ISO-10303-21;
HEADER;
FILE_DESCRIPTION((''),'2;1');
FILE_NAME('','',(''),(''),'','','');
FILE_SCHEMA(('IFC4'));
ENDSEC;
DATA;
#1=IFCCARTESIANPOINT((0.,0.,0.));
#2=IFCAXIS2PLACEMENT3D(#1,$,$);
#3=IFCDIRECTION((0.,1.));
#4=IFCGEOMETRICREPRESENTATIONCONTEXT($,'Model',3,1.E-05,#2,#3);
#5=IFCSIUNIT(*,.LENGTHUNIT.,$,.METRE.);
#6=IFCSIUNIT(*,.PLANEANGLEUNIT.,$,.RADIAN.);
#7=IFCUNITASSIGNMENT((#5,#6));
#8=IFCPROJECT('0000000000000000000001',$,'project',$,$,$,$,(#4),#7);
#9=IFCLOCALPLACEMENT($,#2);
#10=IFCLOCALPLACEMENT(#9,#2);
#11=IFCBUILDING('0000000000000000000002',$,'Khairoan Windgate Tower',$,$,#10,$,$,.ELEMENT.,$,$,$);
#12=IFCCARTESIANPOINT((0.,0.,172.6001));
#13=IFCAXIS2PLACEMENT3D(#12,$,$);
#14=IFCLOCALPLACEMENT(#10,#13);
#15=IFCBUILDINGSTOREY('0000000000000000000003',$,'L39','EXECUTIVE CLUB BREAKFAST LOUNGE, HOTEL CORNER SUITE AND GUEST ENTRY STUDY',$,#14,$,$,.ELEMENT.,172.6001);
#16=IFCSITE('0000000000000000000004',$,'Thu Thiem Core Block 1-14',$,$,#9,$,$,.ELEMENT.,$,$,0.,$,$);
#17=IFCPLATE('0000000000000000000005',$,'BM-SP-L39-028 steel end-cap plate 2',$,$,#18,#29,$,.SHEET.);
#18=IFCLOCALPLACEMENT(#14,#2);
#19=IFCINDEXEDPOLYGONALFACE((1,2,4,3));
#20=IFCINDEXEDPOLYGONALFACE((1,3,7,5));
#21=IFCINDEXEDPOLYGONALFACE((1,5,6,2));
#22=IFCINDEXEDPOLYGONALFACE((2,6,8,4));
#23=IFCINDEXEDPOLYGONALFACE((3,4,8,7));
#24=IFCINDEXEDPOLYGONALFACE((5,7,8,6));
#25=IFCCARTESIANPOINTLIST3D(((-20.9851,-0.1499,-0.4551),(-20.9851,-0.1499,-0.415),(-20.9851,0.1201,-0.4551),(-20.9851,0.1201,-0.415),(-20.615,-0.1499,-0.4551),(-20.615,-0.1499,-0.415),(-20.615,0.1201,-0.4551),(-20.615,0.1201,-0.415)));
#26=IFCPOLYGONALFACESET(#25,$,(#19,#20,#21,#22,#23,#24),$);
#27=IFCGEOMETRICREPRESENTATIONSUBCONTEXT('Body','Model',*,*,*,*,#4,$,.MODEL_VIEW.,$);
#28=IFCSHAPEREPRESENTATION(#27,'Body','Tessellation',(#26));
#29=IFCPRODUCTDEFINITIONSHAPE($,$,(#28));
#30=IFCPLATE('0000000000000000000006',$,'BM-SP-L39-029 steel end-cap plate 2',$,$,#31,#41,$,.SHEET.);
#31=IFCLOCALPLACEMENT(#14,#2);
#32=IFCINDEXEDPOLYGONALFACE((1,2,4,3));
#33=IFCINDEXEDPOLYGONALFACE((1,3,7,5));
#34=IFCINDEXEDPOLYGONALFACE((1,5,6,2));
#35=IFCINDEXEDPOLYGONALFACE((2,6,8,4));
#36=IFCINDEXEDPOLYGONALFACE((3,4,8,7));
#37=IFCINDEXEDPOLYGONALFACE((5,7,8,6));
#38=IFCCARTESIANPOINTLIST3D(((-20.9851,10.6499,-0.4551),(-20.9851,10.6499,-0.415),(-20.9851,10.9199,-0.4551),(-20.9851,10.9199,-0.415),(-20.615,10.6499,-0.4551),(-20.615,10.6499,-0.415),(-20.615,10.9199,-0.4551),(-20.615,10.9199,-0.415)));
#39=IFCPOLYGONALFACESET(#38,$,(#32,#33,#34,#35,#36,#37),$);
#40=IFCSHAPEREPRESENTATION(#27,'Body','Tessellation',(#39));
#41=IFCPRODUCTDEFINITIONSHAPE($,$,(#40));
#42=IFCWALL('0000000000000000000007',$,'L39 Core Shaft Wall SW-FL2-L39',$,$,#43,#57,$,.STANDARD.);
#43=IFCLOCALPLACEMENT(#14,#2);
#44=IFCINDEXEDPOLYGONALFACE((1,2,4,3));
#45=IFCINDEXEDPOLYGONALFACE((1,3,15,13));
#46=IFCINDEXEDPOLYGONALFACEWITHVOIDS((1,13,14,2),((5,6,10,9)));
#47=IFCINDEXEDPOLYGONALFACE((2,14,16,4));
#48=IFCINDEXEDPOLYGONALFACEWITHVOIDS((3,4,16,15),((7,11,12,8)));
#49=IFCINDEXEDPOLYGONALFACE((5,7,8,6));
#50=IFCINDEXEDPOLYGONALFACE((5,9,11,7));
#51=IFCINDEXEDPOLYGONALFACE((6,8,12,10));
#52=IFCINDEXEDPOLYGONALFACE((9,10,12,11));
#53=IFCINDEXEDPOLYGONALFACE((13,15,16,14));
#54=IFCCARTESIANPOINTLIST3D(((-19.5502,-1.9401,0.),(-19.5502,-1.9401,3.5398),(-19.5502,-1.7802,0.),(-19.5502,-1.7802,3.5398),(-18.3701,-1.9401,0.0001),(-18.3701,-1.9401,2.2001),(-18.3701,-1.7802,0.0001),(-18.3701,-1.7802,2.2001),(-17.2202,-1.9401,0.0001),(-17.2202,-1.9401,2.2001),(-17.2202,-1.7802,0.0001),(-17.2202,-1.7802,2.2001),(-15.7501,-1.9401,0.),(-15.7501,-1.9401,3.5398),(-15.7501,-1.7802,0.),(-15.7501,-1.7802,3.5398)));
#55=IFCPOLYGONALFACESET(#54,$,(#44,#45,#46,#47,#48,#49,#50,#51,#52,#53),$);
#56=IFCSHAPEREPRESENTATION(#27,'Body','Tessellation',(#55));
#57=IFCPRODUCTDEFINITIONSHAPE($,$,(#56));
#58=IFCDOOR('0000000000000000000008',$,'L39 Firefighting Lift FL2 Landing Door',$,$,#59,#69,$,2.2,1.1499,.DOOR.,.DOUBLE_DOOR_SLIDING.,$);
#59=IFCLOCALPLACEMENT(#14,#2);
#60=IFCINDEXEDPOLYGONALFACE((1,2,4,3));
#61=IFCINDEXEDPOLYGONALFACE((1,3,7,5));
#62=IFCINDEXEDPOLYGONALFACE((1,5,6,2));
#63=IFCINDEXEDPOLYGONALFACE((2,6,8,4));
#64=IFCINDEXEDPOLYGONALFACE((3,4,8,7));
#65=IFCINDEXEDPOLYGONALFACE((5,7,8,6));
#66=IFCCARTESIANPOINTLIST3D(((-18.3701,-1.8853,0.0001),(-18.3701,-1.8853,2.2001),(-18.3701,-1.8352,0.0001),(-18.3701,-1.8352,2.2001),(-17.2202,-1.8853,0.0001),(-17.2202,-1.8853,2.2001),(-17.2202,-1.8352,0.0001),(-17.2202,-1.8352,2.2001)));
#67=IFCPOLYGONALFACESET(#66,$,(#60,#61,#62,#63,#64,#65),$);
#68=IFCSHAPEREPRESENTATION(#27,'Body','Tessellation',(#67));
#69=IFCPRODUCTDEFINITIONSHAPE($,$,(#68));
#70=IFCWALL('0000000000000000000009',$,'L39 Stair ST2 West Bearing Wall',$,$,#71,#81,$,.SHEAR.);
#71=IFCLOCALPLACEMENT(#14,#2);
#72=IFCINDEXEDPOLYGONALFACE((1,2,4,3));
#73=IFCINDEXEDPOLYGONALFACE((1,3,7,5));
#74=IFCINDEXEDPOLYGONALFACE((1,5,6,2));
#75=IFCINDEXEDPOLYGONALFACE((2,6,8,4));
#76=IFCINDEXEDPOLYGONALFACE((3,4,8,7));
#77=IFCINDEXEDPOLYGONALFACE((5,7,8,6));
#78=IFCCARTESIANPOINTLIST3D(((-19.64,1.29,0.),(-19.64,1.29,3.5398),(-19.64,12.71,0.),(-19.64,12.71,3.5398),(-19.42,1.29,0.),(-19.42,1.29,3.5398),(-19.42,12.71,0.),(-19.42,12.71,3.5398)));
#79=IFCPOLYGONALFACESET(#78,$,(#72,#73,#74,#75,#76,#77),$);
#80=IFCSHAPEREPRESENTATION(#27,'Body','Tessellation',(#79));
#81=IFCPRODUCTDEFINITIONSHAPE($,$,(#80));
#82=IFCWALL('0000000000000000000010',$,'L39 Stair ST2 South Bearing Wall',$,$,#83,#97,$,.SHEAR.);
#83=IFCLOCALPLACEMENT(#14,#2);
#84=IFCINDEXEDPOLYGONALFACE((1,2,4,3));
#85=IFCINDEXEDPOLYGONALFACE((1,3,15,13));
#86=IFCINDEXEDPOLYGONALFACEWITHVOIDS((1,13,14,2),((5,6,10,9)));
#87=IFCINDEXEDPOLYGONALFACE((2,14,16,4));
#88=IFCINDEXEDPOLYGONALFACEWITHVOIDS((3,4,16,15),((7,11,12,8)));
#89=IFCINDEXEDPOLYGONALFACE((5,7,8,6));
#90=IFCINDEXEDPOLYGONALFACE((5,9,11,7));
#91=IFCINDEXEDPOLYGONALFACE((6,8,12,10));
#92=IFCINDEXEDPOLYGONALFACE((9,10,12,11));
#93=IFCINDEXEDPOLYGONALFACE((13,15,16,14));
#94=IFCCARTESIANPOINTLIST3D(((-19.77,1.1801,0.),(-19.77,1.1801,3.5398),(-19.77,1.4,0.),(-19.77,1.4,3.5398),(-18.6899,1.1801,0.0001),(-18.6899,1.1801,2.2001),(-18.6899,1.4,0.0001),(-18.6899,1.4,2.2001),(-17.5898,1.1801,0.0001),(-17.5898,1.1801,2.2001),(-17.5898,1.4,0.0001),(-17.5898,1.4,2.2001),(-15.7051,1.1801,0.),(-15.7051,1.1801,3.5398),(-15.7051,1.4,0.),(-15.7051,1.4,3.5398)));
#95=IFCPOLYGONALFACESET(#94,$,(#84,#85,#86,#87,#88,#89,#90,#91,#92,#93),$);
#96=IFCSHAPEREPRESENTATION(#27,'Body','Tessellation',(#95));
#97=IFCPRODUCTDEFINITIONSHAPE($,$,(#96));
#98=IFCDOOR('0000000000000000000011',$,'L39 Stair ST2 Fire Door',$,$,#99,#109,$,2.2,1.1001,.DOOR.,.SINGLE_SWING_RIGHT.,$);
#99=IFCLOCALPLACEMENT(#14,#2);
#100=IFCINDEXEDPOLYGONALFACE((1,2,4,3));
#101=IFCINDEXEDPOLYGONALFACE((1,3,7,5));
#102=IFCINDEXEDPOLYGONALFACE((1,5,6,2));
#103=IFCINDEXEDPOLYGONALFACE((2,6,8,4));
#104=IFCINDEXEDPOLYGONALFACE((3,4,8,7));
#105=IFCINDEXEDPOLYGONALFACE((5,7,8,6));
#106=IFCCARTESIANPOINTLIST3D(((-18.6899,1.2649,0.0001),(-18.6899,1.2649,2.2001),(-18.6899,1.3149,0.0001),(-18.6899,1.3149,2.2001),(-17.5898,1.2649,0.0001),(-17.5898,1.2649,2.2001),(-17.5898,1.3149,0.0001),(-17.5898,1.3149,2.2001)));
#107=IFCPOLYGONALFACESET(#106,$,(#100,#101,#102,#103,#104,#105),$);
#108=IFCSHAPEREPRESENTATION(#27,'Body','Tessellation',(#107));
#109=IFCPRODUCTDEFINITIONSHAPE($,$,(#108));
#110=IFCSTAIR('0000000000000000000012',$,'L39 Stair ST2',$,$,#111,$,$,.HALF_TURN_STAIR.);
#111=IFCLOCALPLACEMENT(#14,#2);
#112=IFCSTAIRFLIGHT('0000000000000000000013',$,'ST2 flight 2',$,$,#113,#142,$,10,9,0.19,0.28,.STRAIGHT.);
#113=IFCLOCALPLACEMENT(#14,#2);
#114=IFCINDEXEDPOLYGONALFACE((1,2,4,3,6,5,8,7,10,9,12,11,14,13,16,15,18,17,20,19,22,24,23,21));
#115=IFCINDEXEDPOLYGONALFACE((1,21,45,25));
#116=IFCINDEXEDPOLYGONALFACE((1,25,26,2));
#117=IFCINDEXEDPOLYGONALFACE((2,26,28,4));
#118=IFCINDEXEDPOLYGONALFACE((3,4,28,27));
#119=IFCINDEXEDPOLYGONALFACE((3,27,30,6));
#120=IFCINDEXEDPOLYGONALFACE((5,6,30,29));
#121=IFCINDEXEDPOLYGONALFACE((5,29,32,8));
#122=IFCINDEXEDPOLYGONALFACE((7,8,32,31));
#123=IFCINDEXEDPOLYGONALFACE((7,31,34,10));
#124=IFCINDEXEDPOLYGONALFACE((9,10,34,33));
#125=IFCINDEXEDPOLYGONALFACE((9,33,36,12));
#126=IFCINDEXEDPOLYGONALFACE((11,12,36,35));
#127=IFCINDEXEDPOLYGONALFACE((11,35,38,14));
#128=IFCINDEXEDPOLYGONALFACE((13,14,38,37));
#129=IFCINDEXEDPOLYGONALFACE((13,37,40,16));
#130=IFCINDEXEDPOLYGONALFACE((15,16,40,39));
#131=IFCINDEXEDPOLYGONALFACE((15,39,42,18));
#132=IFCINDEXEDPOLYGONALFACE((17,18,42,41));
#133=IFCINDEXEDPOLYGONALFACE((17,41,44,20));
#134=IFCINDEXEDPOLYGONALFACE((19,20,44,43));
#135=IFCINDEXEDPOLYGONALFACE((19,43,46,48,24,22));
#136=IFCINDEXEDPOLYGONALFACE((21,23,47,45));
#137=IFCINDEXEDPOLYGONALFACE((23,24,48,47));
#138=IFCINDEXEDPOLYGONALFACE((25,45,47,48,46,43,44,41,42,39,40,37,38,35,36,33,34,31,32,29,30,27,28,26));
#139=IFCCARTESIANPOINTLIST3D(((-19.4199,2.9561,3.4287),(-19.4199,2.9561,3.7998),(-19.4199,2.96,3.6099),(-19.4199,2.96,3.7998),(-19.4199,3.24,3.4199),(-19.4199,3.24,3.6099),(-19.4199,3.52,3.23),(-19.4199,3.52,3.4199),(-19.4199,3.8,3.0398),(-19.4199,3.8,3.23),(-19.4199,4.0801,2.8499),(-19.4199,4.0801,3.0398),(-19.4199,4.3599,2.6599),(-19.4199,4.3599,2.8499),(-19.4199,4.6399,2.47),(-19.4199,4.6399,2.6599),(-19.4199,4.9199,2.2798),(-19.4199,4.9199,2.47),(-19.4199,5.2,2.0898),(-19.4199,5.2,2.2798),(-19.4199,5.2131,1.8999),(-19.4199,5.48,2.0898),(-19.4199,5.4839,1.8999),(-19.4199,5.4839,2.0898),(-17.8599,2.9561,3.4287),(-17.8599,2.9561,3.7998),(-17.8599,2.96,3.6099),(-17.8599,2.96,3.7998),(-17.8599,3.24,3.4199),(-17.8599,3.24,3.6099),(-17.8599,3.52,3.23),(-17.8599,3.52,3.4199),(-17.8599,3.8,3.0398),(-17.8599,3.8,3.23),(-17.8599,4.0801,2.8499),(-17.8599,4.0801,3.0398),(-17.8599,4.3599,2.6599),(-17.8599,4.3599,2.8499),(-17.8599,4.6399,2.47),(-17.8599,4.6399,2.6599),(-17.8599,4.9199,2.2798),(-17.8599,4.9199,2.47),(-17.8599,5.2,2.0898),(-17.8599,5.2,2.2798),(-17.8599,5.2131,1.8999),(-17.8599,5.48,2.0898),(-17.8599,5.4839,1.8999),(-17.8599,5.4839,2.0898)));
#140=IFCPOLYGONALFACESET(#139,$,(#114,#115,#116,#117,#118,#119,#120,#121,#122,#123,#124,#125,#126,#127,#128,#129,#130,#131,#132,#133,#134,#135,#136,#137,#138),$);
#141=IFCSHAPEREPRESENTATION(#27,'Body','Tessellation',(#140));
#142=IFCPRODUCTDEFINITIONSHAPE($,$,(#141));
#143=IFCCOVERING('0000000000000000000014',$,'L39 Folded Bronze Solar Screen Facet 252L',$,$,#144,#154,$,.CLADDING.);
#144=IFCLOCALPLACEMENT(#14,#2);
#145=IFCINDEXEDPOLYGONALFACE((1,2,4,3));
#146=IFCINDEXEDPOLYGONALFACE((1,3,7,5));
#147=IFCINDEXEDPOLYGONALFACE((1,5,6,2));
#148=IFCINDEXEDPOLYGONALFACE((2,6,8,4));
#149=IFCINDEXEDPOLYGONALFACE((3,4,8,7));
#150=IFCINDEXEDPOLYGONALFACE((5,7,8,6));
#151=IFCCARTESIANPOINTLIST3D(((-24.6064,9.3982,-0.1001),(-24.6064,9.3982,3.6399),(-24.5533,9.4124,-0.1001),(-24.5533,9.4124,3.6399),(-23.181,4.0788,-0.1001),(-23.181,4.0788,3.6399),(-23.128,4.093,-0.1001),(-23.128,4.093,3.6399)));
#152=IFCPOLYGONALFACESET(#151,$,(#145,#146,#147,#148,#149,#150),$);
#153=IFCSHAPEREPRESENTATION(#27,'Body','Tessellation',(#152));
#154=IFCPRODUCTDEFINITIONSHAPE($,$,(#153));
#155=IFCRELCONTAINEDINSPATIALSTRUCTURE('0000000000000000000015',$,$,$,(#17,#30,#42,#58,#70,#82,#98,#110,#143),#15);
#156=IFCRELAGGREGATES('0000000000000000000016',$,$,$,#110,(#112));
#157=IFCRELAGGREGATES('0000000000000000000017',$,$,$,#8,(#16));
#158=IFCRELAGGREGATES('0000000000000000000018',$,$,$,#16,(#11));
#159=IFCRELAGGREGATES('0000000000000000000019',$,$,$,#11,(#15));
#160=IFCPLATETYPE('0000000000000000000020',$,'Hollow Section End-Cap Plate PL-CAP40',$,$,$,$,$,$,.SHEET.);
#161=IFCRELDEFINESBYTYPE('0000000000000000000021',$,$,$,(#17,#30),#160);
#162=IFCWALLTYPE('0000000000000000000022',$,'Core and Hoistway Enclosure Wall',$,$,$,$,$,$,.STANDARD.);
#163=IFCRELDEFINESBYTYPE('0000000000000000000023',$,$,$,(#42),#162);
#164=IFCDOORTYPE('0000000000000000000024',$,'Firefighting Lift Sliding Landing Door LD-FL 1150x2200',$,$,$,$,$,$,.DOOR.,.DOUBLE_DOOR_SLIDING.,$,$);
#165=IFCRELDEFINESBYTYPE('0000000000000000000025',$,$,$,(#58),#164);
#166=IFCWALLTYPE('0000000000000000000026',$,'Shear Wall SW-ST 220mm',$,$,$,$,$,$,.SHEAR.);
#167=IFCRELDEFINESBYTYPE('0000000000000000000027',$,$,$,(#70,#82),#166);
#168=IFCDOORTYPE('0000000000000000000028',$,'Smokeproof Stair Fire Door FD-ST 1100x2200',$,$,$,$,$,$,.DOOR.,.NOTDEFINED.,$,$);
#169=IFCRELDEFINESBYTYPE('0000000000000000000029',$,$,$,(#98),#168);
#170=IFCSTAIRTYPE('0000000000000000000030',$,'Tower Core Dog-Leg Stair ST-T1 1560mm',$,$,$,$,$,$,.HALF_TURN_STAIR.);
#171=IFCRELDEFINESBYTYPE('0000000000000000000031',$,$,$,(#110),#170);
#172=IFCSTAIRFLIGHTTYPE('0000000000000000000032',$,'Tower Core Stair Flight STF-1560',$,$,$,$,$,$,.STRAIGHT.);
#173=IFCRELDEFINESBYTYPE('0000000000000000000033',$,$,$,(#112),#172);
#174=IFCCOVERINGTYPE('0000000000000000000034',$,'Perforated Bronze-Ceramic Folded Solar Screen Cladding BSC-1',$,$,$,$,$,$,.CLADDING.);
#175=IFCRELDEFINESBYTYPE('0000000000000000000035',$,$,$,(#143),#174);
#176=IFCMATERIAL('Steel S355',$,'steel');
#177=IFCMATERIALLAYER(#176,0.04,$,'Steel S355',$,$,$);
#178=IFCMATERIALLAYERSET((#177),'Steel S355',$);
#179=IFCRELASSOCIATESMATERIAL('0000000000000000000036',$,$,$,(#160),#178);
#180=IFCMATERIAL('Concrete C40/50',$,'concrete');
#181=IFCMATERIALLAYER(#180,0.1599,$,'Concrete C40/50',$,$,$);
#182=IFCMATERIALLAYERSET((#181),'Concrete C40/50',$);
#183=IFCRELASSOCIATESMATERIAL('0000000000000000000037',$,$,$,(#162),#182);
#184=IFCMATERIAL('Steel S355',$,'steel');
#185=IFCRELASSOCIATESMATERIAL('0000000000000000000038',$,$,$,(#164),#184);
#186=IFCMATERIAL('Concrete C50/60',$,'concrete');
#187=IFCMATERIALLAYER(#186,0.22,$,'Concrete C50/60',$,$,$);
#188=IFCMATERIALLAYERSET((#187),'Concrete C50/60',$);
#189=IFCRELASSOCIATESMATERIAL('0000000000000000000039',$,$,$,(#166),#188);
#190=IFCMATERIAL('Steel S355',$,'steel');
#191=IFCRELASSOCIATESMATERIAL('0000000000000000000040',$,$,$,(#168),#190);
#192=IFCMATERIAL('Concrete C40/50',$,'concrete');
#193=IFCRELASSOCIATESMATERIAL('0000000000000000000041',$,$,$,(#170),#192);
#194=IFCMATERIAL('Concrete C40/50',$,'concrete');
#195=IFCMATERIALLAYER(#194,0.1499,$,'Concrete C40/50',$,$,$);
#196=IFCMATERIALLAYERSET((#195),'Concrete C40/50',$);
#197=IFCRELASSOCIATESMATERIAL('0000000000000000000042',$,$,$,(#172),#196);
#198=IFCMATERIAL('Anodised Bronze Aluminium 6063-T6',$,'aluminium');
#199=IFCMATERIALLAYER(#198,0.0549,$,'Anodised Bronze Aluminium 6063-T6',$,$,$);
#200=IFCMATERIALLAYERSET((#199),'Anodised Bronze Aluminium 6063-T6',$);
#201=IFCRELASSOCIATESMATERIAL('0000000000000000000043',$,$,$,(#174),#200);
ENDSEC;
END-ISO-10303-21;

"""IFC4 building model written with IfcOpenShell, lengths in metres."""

from ifc_helpers import new_model, si_unit, direction, frame, frame_2d, origin, origin_2d, place, context, subcontext, project, spatial, polyline, rectangle, outline, extrude, material, layer, layer_set, type_object, element, fill, aggregate, save


model = new_model("IFC4")

# Units and contexts
model_context = context("Model", 3, precision=1e-05, world=origin(), true_north=direction((0.0, 1.0)))
body_context = subcontext(model_context, "Body", "Model", "MODEL_VIEW")
ifc_project = project(units=[si_unit("LENGTHUNIT", "METRE"), si_unit("PLANEANGLEUNIT", "RADIAN")], contexts=[model_context])

# Site, building, storey
site_placement = place(None, origin())
site = spatial("IfcSite", under=ifc_project, at=site_placement, Name="Thu Thiem Core Block 1-14", CompositionType="ELEMENT", RefElevation=0.0)
building_placement = place(site_placement, origin())
building = spatial("IfcBuilding", under=site, at=building_placement, Name="Khairoan Windgate Tower", CompositionType="ELEMENT")
storey_placement = place(building_placement, frame((0.0, 0.0, 172.6001)))
storey = spatial("IfcBuildingStorey", under=building, at=storey_placement, Name="L39", Description="EXECUTIVE CLUB BREAKFAST LOUNGE, HOTEL CORNER SUITE AND GUEST ENTRY STUDY", CompositionType="ELEMENT", Elevation=172.6001)

# Plates
ifc_material_1 = material(Name="Steel S355", Category="steel")
ifc_layer_1 = layer(ifc_material_1, 0.04, Name="Steel S355")
ifc_layer_set_1 = layer_set([ifc_layer_1], Name="Steel S355")
plate_type = type_object("IfcPlateType", Name="Hollow Section End-Cap Plate PL-CAP40", PredefinedType="SHEET", material=ifc_layer_set_1)
for number, where, z_axis, x_axis, name in (
    (1, (-20.8, -0.0149, -0.4551), (0.0, 0.0, 1.0), (0.0, 1.0, 0.0), "BM-SP-L39-028 steel end-cap plate 2"),
    (2, (-20.8, 10.7849, -0.4551), (0.0, 0.0, 1.0), (0.0, 1.0, 0.0), "BM-SP-L39-029 steel end-cap plate 2"),
):
    element("IfcPlate", number, at=place(storey_placement, frame(where, z_axis=z_axis, x_axis=x_axis)), inside=storey, type_object=plate_type, Name=name, PredefinedType="SHEET", context=body_context, shape_type="SweptSolid", body=[
        extrude(rectangle(XDim=0.27, YDim=0.3701, at=origin_2d()), origin(), (0.0, 0.0, 1.0), 0.04),
    ])

# Wall, opening, door
ifc_material_2 = material(Name="Concrete C40/50", Category="concrete")
ifc_layer_2 = layer(ifc_material_2, 0.1599, Name="Concrete C40/50")
ifc_layer_set_2 = layer_set([ifc_layer_2], Name="Concrete C40/50")
wall_type_1 = type_object("IfcWallType", Name="Core and Hoistway Enclosure Wall", PredefinedType="STANDARD", material=ifc_layer_set_2)
wall_1_placement = place(storey_placement, frame((-19.55, -1.8601, 0.0), z_axis=(0.0, 0.0, 1.0), x_axis=(1.0, 0.0, 0.0)))
wall_1 = element("IfcWall", 3, at=wall_1_placement, inside=storey, type_object=wall_type_1, Name="L39 Core Shaft Wall SW-FL2-L39", PredefinedType="STANDARD", context=body_context, shape_type="SweptSolid", body=[
    extrude(rectangle(XDim=3.8, YDim=0.1599, at=frame_2d((1.8999, 0.0))), origin(), (0.0, 0.0, 1.0), 3.5398),
])
opening_1_placement = place(wall_1_placement, frame((1.1799, 0.0, 0.0)))
opening_1 = element("IfcOpeningElement", 4, at=opening_1_placement, cuts=wall_1, PredefinedType="OPENING", context=body_context, shape_type="SweptSolid", body=[
    extrude(rectangle(XDim=1.1499, YDim=2.2, at=frame_2d((0.575, 1.1001))), frame((0.0, 0.0898, 0.0), z_axis=(0.0, -1.0, 0.0), x_axis=(1.0, 0.0, 0.0)), (0.0, 0.0, 1.0), 0.1799),
])
ifc_material_3 = material(Name="Steel S355", Category="steel")
door_type_1 = type_object("IfcDoorType", Name="Firefighting Lift Sliding Landing Door LD-FL 1150x2200", OperationType="DOUBLE_DOOR_SLIDING", PredefinedType="DOOR", material=ifc_material_3)
door_1_placement = place(opening_1_placement, origin())
door_1 = element("IfcDoor", 5, at=door_1_placement, inside=storey, type_object=door_type_1, Name="L39 Firefighting Lift FL2 Landing Door", OperationType="DOUBLE_DOOR_SLIDING", OverallHeight=2.2, OverallWidth=1.1499, PredefinedType="DOOR", context=body_context, shape_type="SweptSolid", body=[
    extrude(rectangle(XDim=1.1499, YDim=2.2, at=frame_2d((0.575, 1.1001))), frame((0.0, 0.0249, 0.0), z_axis=(0.0, -1.0, 0.0), x_axis=(1.0, 0.0, 0.0)), (0.0, 0.0, 1.0), 0.05),
])
fill(opening_1, door_1)

# Wall
ifc_material_4 = material(Name="Concrete C50/60", Category="concrete")
ifc_layer_3 = layer(ifc_material_4, 0.22, Name="Concrete C50/60")
ifc_layer_set_3 = layer_set([ifc_layer_3], Name="Concrete C50/60")
wall_type_2 = type_object("IfcWallType", Name="Shear Wall SW-ST 220mm", PredefinedType="SHEAR", material=ifc_layer_set_3)
wall_2_placement = place(storey_placement, frame((-19.53, 1.29, 0.0), z_axis=(0.0, 0.0, 1.0), x_axis=(0.0, 1.0, 0.0)))
element("IfcWall", 6, at=wall_2_placement, inside=storey, type_object=wall_type_2, Name="L39 Stair ST2 West Bearing Wall", PredefinedType="SHEAR", context=body_context, shape_type="SweptSolid", body=[
    extrude(rectangle(XDim=11.4199, YDim=0.22, at=frame_2d((5.71, 0.0))), origin(), (0.0, 0.0, 1.0), 3.5398),
])

# Wall, opening, door
wall_3_placement = place(storey_placement, frame((-19.77, 1.29, 0.0), z_axis=(0.0, 0.0, 1.0), x_axis=(1.0, 0.0, 0.0)))
wall_3 = element("IfcWall", 7, at=wall_3_placement, inside=storey, type_object=wall_type_2, Name="L39 Stair ST2 South Bearing Wall", PredefinedType="SHEAR", context=body_context, shape_type="SweptSolid", body=[
    extrude(rectangle(XDim=4.0649, YDim=0.22, at=frame_2d((2.0325, 0.0))), origin(), (0.0, 0.0, 1.0), 3.5398),
])
opening_2_placement = place(wall_3_placement, frame((1.0801, 0.0, 0.0)))
opening_2 = element("IfcOpeningElement", 8, at=opening_2_placement, cuts=wall_3, PredefinedType="OPENING", context=body_context, shape_type="SweptSolid", body=[
    extrude(rectangle(XDim=1.1001, YDim=2.2, at=frame_2d((0.55, 1.1001))), frame((0.0, 0.1199, 0.0), z_axis=(0.0, -1.0, 0.0), x_axis=(1.0, 0.0, 0.0)), (0.0, 0.0, 1.0), 0.24),
])
ifc_material_5 = material(Name="Steel S355", Category="steel")
door_type_2 = type_object("IfcDoorType", Name="Smokeproof Stair Fire Door FD-ST 1100x2200", OperationType="NOTDEFINED", PredefinedType="DOOR", material=ifc_material_5)
door_2_placement = place(opening_2_placement, origin())
door_2 = element("IfcDoor", 9, at=door_2_placement, inside=storey, type_object=door_type_2, Name="L39 Stair ST2 Fire Door", OperationType="SINGLE_SWING_RIGHT", OverallHeight=2.2, OverallWidth=1.1001, PredefinedType="DOOR", context=body_context, shape_type="SweptSolid", body=[
    extrude(rectangle(XDim=1.1001, YDim=2.2, at=frame_2d((0.55, 1.1001))), frame((0.0, 0.0249, 0.0), z_axis=(0.0, -1.0, 0.0), x_axis=(1.0, 0.0, 0.0)), (0.0, 0.0, 1.0), 0.05),
])
fill(opening_2, door_2)

# Stair, stair flight
ifc_material_6 = material(Name="Concrete C40/50", Category="concrete")
stair_type = type_object("IfcStairType", Name="Tower Core Dog-Leg Stair ST-T1 1560mm", PredefinedType="HALF_TURN_STAIR", material=ifc_material_6)
stair_placement = place(storey_placement, origin())
stair = element("IfcStair", 10, at=stair_placement, inside=storey, type_object=stair_type, Name="L39 Stair ST2", PredefinedType="HALF_TURN_STAIR")
ifc_material_7 = material(Name="Concrete C40/50", Category="concrete")
ifc_layer_4 = layer(ifc_material_7, 0.1499, Name="Concrete C40/50")
ifc_layer_set_4 = layer_set([ifc_layer_4], Name="Concrete C40/50")
stair_flight_type = type_object("IfcStairFlightType", Name="Tower Core Stair Flight STF-1560", PredefinedType="STRAIGHT", material=ifc_layer_set_4)
stair_flight_placement = place(storey_placement, frame((-18.6399, 5.48, 1.8999), z_axis=(0.0, 0.0, 1.0), x_axis=(0.0, -1.0, 0.0)))
stair_flight = element("IfcStairFlight", 11, at=stair_flight_placement, type_object=stair_flight_type, Name="ST2 flight 2", NumberOfRisers=10, NumberOfTreads=9, PredefinedType="STRAIGHT", RiserHeight=0.19, TreadLength=0.28, context=body_context, shape_type="SweptSolid", body=[
    extrude(outline(polyline([(-0.0039, 0.0), (-0.0039, 0.1899), (0.0, 0.1899), (0.28, 0.1899), (0.28, 0.3799), (0.5601, 0.3799), (0.5601, 0.5701), (0.8401, 0.5701), (0.8401, 0.76), (1.1201, 0.76), (1.1201, 0.95), (1.3999, 0.95), (1.3999, 1.1399), (1.6799, 1.1399), (1.6799, 1.3301), (1.96, 1.3301), (1.96, 1.52), (2.24, 1.52), (2.24, 1.71), (2.52, 1.71), (2.52, 1.8999), (2.5239, 1.8999), (2.5239, 1.5288), (0.2668, 0.0), (-0.0039, 0.0)])), frame((0.0, 0.78, 0.0), z_axis=(0.0, -1.0, 0.0), x_axis=(1.0, 0.0, 0.0)), (0.0, 0.0, 1.0), 1.5601),
])
aggregate(stair, [stair_flight])

# Covering
ifc_material_8 = material(Name="Anodised Bronze Aluminium 6063-T6", Category="aluminium")
ifc_layer_5 = layer(ifc_material_8, 0.0549, Name="Anodised Bronze Aluminium 6063-T6")
ifc_layer_set_5 = layer_set([ifc_layer_5], Name="Anodised Bronze Aluminium 6063-T6")
covering_type = type_object("IfcCoveringType", Name="Perforated Bronze-Ceramic Folded Solar Screen Cladding BSC-1", PredefinedType="CLADDING", material=ifc_layer_set_5)
covering_placement = place(storey_placement, frame((-23.8672, 6.7456, -0.1001), z_axis=(0.0, 0.0, 1.0), x_axis=(-0.258819, 0.965926, 0.0)))
element("IfcCovering", 12, at=covering_placement, inside=storey, type_object=covering_type, Name="L39 Folded Bronze Solar Screen Facet 252L", PredefinedType="CLADDING", context=body_context, shape_type="SweptSolid", body=[
    extrude(rectangle(XDim=5.5071, YDim=0.0549, at=origin_2d()), origin(), (0.0, 0.0, 1.0), 3.74),
])

save(model, "model.ifc")
